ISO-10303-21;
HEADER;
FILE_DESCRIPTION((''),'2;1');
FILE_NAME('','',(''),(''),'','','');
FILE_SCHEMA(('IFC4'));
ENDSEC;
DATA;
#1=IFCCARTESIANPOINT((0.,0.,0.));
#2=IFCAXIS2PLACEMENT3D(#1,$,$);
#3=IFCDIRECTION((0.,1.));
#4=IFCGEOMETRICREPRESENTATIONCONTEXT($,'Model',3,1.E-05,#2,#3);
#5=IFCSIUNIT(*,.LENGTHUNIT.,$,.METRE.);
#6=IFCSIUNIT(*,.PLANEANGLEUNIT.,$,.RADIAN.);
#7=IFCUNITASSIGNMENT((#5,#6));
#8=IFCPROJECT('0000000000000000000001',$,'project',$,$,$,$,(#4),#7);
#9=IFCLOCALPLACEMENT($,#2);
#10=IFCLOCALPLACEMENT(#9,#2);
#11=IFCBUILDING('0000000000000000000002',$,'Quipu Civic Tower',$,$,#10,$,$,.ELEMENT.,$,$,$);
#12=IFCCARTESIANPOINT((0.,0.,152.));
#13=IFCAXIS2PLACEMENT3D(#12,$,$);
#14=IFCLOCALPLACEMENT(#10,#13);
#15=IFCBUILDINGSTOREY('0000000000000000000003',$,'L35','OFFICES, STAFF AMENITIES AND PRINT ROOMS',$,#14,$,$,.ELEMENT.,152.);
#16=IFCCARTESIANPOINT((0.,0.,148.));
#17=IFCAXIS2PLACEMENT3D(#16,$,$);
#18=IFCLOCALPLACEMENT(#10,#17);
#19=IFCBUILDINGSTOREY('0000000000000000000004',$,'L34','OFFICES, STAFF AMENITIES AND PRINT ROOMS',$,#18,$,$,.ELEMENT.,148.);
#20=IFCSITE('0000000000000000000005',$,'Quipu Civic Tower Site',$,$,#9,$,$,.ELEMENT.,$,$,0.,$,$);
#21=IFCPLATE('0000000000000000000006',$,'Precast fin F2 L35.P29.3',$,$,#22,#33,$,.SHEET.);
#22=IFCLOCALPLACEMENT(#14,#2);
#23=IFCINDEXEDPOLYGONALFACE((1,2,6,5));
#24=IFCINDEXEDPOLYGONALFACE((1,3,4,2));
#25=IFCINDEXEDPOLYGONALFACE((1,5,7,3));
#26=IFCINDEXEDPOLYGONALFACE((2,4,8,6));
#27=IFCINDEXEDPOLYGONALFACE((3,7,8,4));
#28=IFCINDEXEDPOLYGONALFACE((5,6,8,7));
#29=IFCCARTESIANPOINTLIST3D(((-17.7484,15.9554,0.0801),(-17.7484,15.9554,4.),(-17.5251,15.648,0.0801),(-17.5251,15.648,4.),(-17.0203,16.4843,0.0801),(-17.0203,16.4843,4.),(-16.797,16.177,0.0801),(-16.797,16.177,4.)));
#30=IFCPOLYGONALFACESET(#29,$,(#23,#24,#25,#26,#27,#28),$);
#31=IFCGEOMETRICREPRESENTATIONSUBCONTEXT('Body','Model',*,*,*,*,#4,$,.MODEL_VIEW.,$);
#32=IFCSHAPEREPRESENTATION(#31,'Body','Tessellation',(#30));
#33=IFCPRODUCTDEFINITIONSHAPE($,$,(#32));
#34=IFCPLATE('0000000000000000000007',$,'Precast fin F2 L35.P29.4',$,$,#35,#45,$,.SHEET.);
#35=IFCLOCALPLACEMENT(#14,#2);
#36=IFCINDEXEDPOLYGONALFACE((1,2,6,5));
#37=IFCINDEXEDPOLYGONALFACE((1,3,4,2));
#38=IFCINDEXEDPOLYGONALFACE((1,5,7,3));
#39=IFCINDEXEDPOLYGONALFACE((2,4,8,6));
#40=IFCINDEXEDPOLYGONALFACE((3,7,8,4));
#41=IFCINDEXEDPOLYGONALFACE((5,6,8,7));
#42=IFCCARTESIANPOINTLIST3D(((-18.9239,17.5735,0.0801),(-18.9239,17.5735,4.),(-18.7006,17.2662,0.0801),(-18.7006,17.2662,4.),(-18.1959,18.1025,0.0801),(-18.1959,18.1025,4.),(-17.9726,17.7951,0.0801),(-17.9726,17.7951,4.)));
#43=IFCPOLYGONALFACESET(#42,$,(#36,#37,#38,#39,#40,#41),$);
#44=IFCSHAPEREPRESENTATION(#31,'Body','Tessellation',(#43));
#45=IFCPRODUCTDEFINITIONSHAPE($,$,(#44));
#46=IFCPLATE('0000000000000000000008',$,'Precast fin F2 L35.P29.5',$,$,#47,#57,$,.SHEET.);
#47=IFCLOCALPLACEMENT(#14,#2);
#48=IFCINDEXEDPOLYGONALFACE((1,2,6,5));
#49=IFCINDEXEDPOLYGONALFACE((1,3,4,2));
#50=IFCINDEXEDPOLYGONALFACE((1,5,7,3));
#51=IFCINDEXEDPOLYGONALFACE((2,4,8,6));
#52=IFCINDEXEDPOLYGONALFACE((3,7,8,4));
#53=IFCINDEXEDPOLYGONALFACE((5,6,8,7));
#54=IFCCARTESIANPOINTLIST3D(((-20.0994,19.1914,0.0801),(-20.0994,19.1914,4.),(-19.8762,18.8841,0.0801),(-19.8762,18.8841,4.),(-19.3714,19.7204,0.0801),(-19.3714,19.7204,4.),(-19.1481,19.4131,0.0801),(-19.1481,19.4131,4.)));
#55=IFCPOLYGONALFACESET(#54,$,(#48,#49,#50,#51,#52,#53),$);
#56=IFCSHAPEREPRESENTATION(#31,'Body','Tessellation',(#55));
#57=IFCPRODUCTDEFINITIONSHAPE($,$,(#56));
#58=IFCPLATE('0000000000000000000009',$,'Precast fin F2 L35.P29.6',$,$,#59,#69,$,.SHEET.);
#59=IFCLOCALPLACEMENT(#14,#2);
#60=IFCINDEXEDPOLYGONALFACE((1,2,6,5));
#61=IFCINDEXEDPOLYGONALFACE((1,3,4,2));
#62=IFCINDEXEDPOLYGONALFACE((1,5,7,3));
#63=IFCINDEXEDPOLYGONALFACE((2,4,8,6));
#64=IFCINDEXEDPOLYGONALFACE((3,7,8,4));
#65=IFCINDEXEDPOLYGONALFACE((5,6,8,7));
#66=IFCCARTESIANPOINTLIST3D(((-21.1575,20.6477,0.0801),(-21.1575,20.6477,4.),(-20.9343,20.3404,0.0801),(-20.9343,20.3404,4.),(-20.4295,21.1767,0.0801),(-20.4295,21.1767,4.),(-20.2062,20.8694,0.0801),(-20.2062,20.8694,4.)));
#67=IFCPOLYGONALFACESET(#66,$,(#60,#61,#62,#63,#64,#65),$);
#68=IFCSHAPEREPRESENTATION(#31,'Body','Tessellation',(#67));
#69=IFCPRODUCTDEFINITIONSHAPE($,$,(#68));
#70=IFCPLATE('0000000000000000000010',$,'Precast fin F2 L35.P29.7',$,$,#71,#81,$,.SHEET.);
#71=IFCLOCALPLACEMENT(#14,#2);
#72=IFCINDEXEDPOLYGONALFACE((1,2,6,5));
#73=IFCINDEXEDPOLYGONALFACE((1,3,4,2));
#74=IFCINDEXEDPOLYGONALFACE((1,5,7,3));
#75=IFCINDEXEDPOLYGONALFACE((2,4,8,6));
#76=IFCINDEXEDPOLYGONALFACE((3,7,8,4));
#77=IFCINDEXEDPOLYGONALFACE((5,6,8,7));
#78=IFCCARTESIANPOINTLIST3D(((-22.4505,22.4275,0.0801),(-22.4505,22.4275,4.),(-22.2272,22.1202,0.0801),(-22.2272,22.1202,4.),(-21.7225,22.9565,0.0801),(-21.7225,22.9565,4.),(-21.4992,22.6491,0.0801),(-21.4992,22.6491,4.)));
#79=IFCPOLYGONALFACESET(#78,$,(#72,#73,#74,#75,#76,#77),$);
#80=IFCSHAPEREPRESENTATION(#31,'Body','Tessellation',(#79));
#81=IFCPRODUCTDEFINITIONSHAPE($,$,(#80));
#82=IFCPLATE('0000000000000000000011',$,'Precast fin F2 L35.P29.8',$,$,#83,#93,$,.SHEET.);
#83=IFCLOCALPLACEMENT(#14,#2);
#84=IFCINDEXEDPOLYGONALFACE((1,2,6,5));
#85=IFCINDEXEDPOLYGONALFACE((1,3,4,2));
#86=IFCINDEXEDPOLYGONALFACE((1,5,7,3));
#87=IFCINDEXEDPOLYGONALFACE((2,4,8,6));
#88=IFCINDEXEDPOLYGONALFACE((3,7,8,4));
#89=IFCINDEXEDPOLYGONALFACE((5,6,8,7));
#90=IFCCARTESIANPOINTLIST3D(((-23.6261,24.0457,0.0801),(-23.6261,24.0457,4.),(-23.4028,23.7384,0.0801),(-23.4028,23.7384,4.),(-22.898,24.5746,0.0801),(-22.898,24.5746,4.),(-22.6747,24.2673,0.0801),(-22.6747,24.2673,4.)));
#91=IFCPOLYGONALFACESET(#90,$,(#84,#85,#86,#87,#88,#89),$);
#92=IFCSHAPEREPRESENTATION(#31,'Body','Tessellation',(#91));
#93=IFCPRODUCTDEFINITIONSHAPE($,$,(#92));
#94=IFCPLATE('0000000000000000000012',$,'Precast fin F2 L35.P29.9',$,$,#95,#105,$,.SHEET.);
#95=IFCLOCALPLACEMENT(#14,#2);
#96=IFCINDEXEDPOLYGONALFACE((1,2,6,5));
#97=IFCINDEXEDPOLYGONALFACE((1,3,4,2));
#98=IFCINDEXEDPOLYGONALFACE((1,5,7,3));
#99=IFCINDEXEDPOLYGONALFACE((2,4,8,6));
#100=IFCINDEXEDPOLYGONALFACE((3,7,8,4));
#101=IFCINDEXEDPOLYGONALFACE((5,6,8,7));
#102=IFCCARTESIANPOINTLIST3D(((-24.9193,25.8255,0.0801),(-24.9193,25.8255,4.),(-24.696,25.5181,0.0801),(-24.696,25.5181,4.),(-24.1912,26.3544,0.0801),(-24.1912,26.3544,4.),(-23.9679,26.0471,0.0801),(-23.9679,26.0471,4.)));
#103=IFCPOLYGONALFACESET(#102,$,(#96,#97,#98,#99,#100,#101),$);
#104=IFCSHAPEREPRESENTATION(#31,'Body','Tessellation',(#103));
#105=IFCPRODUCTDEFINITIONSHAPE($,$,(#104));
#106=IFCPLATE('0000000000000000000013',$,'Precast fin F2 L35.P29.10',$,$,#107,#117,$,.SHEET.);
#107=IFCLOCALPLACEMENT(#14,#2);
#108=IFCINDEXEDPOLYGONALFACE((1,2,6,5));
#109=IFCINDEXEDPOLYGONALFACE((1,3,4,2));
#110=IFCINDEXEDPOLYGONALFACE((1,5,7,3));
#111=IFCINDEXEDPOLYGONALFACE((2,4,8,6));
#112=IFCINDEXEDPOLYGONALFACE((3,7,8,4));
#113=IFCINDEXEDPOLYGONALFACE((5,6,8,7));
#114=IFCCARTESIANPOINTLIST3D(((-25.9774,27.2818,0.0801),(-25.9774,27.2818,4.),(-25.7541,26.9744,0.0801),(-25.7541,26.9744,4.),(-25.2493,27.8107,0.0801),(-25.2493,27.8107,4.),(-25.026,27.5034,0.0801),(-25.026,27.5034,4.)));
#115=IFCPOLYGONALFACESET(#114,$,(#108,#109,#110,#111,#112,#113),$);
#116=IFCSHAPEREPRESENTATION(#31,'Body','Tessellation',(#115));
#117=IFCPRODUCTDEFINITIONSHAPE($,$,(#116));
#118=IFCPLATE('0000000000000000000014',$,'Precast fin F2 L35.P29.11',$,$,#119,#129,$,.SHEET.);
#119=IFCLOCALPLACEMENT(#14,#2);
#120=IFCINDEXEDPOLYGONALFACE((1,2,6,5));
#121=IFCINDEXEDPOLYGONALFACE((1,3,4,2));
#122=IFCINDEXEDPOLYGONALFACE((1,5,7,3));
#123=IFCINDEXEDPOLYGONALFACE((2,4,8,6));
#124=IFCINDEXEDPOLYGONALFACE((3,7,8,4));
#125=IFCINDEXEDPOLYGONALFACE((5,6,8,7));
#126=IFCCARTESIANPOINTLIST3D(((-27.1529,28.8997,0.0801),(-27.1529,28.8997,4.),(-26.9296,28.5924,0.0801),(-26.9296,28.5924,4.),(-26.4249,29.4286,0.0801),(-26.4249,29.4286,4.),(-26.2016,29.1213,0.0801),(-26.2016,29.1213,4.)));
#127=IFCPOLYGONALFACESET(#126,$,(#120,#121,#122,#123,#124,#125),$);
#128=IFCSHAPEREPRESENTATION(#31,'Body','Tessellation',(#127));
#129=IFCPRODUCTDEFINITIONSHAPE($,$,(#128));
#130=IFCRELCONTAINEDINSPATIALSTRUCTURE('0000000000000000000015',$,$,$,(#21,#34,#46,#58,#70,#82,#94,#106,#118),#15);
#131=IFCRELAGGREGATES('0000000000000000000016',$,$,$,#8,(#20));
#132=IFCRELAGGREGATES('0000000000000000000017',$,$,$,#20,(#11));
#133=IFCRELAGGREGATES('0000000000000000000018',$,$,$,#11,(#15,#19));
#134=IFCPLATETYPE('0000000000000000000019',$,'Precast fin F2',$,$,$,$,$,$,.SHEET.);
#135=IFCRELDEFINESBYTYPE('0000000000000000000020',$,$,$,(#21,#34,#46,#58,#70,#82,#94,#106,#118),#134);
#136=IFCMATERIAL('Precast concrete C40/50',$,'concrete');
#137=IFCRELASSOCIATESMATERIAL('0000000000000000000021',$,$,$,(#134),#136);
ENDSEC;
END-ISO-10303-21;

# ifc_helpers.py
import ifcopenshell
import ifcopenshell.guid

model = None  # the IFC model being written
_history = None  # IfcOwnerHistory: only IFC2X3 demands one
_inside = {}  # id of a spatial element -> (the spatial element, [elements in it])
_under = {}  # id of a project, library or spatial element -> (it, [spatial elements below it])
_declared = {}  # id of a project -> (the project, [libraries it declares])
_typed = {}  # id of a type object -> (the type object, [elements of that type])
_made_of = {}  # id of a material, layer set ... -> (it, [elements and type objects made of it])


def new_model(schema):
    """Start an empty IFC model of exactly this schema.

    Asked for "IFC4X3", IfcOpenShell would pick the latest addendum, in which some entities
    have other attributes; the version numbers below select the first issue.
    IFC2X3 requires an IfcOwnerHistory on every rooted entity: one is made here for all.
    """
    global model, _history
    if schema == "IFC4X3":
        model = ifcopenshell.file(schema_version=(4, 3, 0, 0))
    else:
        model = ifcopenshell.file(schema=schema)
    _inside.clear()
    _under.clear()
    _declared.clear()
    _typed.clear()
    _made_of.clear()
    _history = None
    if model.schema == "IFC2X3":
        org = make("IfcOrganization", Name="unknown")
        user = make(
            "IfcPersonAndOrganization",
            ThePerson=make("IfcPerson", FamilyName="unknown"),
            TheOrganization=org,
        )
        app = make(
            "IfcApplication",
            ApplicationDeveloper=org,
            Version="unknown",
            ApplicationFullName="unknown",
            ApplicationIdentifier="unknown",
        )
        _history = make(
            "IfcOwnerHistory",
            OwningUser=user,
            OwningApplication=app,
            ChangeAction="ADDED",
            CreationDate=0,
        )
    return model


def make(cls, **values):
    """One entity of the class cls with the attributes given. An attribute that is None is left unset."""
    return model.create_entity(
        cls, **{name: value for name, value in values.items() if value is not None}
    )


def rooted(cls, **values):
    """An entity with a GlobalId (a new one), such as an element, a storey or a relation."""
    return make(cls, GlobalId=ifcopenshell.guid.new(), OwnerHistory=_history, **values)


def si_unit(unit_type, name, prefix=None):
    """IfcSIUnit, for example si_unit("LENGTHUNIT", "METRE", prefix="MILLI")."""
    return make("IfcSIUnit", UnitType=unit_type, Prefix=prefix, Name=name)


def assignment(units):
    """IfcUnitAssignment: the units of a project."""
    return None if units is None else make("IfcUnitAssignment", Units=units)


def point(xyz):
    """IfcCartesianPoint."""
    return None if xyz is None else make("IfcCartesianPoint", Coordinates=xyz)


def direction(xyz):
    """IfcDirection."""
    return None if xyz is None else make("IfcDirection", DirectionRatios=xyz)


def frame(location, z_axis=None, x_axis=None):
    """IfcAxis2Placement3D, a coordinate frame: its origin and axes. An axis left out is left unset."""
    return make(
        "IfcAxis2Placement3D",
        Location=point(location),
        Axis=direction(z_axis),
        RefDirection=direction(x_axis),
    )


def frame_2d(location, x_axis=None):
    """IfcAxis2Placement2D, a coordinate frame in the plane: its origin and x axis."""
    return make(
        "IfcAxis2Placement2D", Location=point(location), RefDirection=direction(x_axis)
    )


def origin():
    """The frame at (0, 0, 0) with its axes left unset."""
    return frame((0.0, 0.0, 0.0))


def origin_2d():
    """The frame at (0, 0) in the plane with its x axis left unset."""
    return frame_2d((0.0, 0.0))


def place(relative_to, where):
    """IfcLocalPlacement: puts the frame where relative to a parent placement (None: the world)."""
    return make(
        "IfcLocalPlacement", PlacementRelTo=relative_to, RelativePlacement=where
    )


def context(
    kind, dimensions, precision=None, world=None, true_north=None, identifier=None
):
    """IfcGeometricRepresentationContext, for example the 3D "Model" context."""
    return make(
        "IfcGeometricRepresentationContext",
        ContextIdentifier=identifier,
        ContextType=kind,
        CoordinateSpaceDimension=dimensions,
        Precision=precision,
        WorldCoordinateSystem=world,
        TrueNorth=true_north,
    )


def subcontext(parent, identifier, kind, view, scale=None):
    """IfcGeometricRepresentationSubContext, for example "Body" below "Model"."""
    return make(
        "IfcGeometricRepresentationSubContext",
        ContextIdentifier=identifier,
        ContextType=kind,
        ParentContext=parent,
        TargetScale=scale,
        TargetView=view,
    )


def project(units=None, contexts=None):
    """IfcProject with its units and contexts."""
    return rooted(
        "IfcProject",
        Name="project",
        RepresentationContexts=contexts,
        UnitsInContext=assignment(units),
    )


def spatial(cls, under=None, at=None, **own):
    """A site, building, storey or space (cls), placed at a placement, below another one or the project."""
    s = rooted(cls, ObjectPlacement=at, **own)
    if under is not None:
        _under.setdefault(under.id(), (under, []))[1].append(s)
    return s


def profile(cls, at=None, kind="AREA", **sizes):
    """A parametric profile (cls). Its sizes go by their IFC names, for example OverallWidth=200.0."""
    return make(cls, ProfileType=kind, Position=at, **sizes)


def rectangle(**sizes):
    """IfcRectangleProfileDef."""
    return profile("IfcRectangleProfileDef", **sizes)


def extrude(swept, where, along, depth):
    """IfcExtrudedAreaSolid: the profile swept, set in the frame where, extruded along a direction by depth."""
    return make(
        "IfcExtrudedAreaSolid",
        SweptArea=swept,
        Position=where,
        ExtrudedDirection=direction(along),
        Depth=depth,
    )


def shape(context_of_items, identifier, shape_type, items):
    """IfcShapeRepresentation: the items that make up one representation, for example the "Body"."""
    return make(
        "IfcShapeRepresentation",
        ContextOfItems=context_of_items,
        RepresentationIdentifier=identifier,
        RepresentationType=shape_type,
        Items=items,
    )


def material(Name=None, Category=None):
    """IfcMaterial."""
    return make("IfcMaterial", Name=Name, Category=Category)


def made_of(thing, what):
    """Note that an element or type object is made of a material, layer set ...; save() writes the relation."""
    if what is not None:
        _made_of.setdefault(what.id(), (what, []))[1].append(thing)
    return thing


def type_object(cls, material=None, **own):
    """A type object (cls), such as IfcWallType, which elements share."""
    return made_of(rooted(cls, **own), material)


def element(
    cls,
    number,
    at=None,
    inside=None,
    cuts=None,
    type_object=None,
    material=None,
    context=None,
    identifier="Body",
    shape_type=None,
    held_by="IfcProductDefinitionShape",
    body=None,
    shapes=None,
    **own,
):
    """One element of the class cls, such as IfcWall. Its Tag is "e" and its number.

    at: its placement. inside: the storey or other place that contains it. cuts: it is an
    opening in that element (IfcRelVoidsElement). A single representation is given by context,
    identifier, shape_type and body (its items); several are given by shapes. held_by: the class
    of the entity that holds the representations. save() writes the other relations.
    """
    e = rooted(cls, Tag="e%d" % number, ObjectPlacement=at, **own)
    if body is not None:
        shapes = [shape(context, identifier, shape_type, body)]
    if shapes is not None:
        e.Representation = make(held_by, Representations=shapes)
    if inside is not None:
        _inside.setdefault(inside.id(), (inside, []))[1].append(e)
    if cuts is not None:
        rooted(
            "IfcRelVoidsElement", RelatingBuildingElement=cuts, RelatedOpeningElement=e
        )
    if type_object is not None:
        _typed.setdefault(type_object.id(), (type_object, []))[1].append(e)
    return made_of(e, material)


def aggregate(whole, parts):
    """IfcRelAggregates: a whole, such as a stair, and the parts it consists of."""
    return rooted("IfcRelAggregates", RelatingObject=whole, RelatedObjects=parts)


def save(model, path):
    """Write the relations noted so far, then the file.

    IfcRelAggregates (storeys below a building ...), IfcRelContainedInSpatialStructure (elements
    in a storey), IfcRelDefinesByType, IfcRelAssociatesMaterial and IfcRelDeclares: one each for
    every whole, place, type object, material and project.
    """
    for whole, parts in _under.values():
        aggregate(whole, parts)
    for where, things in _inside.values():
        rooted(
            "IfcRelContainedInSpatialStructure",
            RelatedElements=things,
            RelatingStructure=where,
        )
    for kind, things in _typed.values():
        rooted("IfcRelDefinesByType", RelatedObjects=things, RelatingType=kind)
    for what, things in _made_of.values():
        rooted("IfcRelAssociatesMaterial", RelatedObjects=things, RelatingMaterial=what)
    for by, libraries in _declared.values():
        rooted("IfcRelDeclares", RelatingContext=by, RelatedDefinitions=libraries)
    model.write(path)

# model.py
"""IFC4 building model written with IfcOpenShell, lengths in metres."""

from ifc_helpers import new_model, si_unit, direction, frame, origin, origin_2d, place, context, subcontext, project, spatial, rectangle, extrude, material, type_object, element, save


model = new_model("IFC4")

# Units and contexts
model_context = context("Model", 3, precision=1e-05, world=origin(), true_north=direction((0.0, 1.0)))
body_context = subcontext(model_context, "Body", "Model", "MODEL_VIEW")
ifc_project = project(units=[si_unit("LENGTHUNIT", "METRE"), si_unit("PLANEANGLEUNIT", "RADIAN")], contexts=[model_context])

# Site, building, storey
site_placement = place(None, origin())
site = spatial("IfcSite", under=ifc_project, at=site_placement, Name="Quipu Civic Tower Site", CompositionType="ELEMENT", RefElevation=0.0)
building_placement = place(site_placement, origin())
building = spatial("IfcBuilding", under=site, at=building_placement, Name="Quipu Civic Tower", CompositionType="ELEMENT")
storey_1_placement = place(building_placement, frame((0.0, 0.0, 152.0)))
storey_1 = spatial("IfcBuildingStorey", under=building, at=storey_1_placement, Name="L35", Description="OFFICES, STAFF AMENITIES AND PRINT ROOMS", CompositionType="ELEMENT", Elevation=152.0)

# Shared definitions
storey_2_placement = place(building_placement, frame((0.0, 0.0, 148.0)))
storey_2 = spatial("IfcBuildingStorey", under=building, at=storey_2_placement, Name="L34", Description="OFFICES, STAFF AMENITIES AND PRINT ROOMS", CompositionType="ELEMENT", Elevation=148.0)

# Plates
ifc_material_1 = material(Name="Precast concrete C40/50", Category="concrete")
plate_type_1 = type_object("IfcPlateType", Name="Precast fin F2", PredefinedType="SHEET", material=ifc_material_1)
for number, where, z_axis, x_axis, name in (
    (1, (-17.2727, 16.0662, 0.0801), (0.0, 0.0, 1.0), (-0.587787, 0.809016, 0.0), "Precast fin F2 L35.P29.3"),
    (2, (-18.4482, 17.6843, 0.0801), (0.0, 0.0, 1.0), (-0.587787, 0.809016, 0.0), "Precast fin F2 L35.P29.4"),
    (3, (-19.6238, 19.3022, 0.0801), (0.0, 0.0, 1.0), (-0.587787, 0.809016, 0.0), "Precast fin F2 L35.P29.5"),
    (4, (-20.6819, 20.7585, 0.0801), (0.0, 0.0, 1.0), (-0.587787, 0.809016, 0.0), "Precast fin F2 L35.P29.6"),
    (5, (-21.9749, 22.5383, 0.0801), (0.0, 0.0, 1.0), (-0.587787, 0.809016, 0.0), "Precast fin F2 L35.P29.7"),
    (6, (-23.1504, 24.1565, 0.0801), (0.0, 0.0, 1.0), (-0.587787, 0.809016, 0.0), "Precast fin F2 L35.P29.8"),
    (7, (-24.4436, 25.9363, 0.0801), (0.0, 0.0, 1.0), (-0.587787, 0.809016, 0.0), "Precast fin F2 L35.P29.9"),
    (8, (-25.5017, 27.3926, 0.0801), (0.0, 0.0, 1.0), (-0.587787, 0.809016, 0.0), "Precast fin F2 L35.P29.10"),
    (9, (-26.6772, 29.0105, 0.0801), (0.0, 0.0, 1.0), (-0.587787, 0.809016, 0.0), "Precast fin F2 L35.P29.11"),
):
    element("IfcPlate", number, at=place(storey_1_placement, frame(where, z_axis=z_axis, x_axis=x_axis)), inside=storey_1, type_object=plate_type_1, Name=name, PredefinedType="SHEET", context=body_context, shape_type="SweptSolid", body=[
        extrude(rectangle(XDim=0.3799, YDim=0.8999, at=origin_2d()), origin(), (0.0, 0.0, 1.0), 3.9199),
    ])

save(model, "model.ifc")
